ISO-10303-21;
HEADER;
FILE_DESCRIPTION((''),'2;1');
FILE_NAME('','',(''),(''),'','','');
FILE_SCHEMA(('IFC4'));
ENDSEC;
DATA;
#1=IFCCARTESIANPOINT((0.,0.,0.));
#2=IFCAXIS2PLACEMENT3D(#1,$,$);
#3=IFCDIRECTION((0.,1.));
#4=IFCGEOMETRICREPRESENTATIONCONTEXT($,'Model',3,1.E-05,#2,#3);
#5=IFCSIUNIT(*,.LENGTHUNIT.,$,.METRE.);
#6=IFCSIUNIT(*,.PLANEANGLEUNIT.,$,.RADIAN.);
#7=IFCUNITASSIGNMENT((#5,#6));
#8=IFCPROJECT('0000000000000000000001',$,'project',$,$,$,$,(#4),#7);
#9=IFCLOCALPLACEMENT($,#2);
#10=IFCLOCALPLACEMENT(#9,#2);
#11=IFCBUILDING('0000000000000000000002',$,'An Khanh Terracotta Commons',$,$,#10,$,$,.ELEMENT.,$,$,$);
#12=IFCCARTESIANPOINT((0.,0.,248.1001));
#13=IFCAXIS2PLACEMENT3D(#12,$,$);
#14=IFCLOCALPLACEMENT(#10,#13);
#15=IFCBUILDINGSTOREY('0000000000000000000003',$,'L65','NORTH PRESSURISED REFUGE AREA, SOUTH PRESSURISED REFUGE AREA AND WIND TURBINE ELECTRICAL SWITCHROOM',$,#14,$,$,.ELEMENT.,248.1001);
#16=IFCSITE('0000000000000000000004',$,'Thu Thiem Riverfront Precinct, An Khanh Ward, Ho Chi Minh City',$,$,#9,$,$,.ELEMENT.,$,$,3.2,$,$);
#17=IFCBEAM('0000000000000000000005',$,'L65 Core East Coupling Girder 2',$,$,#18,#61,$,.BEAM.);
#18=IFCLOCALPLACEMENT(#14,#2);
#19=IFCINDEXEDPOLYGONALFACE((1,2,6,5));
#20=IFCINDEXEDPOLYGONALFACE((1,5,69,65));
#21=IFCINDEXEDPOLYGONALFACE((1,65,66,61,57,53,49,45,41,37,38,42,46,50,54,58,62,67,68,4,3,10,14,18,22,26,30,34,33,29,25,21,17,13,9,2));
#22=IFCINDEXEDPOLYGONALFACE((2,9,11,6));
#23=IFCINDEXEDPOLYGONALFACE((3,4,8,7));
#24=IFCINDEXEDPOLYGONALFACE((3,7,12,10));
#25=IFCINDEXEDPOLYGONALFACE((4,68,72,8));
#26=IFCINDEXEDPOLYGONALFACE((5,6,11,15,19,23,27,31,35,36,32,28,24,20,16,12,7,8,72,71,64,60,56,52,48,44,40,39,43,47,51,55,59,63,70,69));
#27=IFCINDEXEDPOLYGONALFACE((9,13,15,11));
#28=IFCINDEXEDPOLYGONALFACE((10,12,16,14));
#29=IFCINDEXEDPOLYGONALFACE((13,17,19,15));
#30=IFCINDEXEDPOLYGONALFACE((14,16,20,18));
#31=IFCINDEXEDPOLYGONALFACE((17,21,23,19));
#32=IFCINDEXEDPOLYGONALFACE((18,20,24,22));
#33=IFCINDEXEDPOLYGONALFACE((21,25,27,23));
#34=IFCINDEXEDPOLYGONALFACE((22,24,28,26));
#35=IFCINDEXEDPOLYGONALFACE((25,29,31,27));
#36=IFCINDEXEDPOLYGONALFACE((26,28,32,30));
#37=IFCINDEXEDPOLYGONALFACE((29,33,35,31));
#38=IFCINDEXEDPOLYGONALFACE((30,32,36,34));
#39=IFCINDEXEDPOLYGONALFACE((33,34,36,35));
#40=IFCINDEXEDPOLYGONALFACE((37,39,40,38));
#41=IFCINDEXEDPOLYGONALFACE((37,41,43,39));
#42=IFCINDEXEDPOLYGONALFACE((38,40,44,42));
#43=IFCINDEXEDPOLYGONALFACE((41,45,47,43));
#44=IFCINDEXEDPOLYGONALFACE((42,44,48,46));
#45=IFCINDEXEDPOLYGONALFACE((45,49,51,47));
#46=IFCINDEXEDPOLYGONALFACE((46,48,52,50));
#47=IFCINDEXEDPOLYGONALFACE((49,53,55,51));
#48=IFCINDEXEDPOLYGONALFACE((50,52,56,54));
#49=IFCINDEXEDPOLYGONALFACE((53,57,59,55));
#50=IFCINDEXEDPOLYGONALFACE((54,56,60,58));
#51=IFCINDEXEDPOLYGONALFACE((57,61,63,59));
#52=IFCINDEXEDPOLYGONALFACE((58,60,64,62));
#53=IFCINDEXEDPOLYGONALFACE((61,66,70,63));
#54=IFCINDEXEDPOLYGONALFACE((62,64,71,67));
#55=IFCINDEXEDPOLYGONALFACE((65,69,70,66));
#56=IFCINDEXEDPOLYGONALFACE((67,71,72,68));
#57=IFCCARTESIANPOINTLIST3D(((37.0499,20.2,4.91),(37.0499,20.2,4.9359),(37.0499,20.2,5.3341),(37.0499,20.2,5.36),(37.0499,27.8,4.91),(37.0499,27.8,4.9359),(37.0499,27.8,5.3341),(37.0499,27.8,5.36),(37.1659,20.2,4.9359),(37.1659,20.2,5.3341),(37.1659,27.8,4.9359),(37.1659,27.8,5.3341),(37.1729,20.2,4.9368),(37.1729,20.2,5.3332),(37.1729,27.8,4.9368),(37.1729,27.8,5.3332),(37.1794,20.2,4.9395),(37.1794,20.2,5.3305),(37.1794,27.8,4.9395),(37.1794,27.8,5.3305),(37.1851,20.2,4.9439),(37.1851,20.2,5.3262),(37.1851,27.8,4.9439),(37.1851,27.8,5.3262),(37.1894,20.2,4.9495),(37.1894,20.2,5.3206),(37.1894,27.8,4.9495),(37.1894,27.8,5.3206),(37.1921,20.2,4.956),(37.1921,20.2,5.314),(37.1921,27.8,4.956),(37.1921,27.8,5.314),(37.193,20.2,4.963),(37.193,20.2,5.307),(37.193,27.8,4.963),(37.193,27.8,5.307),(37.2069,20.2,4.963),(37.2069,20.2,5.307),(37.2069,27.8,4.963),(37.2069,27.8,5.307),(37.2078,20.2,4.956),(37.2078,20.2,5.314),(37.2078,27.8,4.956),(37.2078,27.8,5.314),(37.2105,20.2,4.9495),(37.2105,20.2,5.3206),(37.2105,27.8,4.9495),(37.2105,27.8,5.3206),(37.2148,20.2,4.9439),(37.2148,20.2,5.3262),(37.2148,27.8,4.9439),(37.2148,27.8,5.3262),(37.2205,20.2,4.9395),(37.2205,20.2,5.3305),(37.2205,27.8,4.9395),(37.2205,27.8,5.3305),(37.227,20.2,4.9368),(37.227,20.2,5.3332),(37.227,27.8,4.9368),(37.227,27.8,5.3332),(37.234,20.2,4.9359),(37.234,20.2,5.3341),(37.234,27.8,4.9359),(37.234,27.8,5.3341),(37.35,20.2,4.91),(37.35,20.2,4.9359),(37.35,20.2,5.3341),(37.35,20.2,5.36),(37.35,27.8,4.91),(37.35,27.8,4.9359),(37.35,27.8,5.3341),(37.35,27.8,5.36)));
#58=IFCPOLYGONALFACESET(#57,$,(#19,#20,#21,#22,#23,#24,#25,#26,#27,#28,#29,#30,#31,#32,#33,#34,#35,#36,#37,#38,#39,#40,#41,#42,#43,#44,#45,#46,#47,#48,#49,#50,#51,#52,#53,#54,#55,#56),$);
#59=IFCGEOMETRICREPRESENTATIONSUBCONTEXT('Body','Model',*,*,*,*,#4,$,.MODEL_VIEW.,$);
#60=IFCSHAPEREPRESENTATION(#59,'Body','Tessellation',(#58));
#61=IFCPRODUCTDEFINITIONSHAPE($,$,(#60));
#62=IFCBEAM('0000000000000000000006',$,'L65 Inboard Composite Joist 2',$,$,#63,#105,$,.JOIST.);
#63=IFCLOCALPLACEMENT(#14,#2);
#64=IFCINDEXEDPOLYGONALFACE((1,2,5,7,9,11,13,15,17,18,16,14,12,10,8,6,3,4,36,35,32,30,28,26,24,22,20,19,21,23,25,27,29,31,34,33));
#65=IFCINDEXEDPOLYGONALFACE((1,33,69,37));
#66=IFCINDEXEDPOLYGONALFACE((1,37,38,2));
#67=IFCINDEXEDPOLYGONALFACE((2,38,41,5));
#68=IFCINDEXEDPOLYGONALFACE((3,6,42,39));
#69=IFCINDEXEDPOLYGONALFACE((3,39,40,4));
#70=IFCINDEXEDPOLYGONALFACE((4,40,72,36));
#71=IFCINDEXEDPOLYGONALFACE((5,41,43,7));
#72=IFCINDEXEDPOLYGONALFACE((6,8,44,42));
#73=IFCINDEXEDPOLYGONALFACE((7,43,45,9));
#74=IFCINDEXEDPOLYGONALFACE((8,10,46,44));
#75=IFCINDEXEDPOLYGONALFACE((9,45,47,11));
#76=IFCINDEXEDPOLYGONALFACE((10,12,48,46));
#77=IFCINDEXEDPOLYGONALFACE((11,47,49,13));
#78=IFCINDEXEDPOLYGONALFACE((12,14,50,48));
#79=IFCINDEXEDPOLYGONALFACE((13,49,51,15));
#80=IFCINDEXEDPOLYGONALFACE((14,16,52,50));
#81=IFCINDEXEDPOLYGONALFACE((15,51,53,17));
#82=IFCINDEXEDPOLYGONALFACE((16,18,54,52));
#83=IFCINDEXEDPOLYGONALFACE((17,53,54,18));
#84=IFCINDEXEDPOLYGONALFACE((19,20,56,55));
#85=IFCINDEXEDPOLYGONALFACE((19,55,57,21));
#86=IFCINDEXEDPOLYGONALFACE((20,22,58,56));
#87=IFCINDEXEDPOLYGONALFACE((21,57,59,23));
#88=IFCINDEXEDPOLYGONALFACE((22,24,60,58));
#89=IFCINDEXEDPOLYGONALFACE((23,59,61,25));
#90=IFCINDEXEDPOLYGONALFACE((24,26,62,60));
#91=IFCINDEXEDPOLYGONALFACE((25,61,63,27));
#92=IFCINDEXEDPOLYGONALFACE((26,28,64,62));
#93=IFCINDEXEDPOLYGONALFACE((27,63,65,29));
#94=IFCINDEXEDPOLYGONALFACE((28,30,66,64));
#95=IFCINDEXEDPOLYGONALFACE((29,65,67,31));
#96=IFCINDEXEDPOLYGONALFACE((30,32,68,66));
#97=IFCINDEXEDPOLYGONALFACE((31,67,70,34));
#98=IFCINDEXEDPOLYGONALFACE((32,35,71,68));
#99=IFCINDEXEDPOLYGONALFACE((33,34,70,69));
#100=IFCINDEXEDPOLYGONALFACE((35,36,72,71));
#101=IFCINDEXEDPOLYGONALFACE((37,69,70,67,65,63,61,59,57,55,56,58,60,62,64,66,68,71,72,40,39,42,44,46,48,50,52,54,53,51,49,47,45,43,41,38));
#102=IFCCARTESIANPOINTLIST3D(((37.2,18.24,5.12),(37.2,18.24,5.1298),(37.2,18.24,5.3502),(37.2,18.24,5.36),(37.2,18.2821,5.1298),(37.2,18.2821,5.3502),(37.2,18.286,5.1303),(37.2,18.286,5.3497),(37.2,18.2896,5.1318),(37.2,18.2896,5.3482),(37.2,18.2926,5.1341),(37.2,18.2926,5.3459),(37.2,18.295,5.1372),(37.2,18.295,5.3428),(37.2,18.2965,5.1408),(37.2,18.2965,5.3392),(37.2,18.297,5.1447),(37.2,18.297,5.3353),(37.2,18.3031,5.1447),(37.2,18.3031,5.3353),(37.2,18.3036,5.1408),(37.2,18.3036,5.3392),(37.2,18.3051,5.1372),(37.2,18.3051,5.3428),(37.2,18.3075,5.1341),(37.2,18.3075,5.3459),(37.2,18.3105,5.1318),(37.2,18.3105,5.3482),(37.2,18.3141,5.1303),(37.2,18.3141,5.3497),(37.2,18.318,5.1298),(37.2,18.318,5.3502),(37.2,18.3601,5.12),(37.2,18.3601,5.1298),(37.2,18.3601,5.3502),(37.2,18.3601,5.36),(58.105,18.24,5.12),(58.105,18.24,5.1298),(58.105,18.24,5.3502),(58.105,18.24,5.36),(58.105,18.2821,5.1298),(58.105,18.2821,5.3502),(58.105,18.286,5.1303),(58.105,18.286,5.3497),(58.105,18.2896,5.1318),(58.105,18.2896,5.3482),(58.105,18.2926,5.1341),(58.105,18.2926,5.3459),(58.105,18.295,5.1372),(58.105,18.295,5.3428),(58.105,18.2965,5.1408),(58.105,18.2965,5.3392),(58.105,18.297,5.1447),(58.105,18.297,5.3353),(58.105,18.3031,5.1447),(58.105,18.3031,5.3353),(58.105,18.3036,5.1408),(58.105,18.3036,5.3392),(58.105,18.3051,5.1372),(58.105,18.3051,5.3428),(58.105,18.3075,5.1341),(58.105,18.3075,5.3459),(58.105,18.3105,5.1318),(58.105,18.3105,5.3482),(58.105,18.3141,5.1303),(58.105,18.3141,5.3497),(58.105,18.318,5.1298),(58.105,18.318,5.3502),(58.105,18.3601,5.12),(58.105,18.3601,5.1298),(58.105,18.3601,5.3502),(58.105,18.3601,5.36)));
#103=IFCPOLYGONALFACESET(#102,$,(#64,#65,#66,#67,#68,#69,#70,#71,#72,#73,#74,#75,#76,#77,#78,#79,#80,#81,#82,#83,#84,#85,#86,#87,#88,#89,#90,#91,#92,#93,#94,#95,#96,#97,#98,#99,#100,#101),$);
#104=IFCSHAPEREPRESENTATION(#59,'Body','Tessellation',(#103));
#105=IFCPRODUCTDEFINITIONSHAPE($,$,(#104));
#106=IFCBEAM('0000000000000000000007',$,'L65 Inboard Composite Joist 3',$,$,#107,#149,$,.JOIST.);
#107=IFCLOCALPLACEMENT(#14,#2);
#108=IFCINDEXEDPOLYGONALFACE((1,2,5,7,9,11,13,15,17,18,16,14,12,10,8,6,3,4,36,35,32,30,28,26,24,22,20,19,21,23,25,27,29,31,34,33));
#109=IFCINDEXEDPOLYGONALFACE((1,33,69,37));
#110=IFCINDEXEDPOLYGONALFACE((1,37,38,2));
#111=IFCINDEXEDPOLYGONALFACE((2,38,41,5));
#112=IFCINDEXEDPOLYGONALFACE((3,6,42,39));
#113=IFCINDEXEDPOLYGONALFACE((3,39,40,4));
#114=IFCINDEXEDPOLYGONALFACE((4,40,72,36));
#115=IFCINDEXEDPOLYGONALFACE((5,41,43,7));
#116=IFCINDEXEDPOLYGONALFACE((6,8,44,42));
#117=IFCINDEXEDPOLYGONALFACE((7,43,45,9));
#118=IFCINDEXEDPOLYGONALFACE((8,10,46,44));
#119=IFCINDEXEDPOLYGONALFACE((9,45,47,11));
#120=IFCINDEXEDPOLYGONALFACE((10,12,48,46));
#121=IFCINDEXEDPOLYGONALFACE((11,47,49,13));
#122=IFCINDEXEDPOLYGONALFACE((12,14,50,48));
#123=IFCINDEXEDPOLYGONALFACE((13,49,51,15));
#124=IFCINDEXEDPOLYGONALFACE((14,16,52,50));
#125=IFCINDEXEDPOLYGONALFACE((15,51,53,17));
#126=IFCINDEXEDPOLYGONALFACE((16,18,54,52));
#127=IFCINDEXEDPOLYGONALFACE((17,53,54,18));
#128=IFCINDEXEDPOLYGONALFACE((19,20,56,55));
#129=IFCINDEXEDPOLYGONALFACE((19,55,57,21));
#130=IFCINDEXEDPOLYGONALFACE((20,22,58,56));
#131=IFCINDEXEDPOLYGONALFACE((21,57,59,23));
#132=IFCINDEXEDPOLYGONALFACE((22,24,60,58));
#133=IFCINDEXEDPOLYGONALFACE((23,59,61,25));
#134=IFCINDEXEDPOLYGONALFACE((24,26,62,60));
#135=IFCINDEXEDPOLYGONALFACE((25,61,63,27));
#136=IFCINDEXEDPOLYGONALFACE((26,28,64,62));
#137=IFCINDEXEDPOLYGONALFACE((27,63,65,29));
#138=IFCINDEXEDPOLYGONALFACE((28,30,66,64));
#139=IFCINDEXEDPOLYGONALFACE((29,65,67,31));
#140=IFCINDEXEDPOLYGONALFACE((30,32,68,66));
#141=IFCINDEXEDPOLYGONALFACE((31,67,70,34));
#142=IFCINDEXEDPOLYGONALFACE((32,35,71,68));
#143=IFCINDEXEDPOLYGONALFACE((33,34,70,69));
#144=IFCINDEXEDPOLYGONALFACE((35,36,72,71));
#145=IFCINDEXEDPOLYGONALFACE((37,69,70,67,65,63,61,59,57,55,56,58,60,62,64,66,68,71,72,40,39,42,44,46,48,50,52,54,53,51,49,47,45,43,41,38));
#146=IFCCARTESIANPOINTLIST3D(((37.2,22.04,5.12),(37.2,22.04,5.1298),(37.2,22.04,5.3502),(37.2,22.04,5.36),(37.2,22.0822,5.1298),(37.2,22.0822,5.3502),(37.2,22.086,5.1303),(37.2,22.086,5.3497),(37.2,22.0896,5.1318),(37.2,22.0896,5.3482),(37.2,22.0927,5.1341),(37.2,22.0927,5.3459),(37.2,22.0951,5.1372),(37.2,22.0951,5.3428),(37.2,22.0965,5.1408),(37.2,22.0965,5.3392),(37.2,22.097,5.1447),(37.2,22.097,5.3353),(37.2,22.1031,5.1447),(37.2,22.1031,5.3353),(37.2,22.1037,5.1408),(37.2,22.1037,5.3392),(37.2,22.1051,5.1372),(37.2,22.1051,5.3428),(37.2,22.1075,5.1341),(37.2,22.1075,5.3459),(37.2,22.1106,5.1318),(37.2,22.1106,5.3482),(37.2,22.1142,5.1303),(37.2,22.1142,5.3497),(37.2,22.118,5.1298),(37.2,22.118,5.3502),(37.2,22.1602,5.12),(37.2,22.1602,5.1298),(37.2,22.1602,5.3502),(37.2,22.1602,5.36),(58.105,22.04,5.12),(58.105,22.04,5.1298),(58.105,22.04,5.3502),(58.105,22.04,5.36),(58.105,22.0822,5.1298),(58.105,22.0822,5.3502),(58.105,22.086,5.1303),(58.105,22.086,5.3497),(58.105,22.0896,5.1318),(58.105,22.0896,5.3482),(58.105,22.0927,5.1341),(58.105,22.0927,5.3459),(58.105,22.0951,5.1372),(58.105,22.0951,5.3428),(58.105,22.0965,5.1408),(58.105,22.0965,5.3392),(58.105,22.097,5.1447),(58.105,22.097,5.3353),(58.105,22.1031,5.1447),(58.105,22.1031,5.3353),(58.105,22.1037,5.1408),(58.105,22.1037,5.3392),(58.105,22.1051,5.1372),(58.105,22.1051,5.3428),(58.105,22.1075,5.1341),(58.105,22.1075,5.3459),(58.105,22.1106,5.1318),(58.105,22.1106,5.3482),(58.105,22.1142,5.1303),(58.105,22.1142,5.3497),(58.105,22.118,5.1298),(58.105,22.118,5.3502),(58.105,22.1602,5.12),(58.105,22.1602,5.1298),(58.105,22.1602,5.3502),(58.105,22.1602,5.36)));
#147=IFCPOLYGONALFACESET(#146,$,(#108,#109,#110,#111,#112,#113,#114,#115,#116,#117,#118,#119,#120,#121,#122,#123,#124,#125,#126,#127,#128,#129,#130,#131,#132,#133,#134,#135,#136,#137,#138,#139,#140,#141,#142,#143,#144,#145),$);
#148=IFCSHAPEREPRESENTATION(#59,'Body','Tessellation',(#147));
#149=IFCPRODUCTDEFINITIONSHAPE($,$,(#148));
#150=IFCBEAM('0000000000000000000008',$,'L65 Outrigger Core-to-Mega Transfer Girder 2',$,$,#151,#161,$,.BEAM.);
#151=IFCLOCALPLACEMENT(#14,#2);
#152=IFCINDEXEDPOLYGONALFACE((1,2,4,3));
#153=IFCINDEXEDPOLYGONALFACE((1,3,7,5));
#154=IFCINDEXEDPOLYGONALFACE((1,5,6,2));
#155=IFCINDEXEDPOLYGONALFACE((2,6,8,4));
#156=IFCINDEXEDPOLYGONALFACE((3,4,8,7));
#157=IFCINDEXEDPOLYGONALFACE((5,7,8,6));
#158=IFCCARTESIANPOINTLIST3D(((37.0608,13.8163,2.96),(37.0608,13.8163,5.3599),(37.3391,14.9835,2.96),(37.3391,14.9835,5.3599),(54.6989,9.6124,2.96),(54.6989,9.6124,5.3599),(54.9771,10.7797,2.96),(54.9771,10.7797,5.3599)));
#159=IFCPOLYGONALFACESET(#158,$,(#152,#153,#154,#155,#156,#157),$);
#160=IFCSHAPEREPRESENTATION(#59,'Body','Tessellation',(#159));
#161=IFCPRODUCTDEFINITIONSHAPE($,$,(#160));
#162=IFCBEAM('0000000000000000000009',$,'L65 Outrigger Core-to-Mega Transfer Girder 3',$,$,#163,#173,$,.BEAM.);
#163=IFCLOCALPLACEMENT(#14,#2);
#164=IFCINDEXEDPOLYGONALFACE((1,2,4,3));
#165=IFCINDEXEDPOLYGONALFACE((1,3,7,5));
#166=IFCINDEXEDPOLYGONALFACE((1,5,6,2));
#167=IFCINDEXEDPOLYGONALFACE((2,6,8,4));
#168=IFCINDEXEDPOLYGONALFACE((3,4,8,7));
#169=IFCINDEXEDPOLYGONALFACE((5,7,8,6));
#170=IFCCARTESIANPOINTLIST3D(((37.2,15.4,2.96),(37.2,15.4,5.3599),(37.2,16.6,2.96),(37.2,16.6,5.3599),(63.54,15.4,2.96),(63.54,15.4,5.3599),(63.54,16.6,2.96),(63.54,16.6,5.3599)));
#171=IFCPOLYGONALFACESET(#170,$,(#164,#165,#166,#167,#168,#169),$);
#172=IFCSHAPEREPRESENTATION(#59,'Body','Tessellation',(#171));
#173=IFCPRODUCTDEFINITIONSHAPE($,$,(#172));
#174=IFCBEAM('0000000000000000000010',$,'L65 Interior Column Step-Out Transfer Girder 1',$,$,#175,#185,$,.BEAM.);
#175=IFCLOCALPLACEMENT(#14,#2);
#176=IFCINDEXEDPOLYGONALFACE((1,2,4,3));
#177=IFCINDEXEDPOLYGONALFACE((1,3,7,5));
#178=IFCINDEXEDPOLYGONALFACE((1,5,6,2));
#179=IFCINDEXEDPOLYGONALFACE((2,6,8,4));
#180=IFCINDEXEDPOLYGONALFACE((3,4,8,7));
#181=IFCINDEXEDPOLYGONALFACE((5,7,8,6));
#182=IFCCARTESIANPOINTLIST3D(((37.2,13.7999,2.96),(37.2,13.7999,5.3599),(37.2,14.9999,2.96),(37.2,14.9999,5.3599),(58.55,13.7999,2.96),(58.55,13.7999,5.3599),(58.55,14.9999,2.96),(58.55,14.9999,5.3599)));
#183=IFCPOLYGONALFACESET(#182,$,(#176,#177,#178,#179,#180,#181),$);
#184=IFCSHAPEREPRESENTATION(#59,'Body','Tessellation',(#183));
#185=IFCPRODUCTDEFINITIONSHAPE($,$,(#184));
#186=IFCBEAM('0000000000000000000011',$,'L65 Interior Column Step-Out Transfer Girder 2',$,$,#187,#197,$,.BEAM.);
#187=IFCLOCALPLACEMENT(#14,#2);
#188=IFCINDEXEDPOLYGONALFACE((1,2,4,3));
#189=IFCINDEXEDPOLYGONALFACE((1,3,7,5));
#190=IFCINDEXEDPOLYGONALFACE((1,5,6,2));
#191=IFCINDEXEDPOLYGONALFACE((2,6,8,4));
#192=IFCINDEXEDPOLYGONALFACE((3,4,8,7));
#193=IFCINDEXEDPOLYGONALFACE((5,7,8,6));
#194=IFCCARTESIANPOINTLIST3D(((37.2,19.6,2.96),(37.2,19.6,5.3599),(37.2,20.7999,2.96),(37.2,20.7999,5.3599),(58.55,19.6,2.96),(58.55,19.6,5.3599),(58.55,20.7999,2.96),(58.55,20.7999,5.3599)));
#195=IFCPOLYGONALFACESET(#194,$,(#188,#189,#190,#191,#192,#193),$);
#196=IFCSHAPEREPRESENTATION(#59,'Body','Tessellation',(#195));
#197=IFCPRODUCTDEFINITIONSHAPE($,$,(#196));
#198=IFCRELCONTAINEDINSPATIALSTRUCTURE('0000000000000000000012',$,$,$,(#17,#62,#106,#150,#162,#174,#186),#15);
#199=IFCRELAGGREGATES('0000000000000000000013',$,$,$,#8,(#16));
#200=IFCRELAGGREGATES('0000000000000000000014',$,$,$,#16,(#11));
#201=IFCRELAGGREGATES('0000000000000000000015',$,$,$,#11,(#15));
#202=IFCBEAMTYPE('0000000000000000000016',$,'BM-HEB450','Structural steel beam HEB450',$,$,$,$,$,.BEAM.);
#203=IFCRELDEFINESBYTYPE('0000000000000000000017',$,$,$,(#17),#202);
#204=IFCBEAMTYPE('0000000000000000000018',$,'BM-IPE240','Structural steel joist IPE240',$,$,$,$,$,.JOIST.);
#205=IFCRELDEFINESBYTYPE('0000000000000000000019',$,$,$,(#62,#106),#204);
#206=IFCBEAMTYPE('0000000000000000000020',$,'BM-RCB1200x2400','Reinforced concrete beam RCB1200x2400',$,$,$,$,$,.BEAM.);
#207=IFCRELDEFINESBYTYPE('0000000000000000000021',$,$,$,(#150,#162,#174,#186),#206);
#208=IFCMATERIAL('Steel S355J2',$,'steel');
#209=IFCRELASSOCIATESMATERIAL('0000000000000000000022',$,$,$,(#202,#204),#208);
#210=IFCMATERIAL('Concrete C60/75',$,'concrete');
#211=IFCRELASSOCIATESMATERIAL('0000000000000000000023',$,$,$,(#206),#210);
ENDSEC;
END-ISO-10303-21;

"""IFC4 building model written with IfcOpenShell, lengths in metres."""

from ifc_helpers import new_model, si_unit, direction, frame, origin, origin_2d, place, context, subcontext, project, spatial, rectangle, i_section, extrude, material, material_profile, profile_set, type_object, element, save


model = new_model("IFC4")

# Units and contexts
model_context = context("Model", 3, precision=1e-05, world=origin(), true_north=direction((0.0, 1.0)))
body_context = subcontext(model_context, "Body", "Model", "MODEL_VIEW")
ifc_project = project(units=[si_unit("LENGTHUNIT", "METRE"), si_unit("PLANEANGLEUNIT", "RADIAN")], contexts=[model_context])

# Site, building, storey
site_placement = place(None, origin())
site = spatial("IfcSite", under=ifc_project, at=site_placement, Name="Thu Thiem Riverfront Precinct, An Khanh Ward, Ho Chi Minh City", CompositionType="ELEMENT", RefElevation=3.2)
building_placement = place(site_placement, origin())
building = spatial("IfcBuilding", under=site, at=building_placement, Name="An Khanh Terracotta Commons", CompositionType="ELEMENT")
storey_placement = place(building_placement, frame((0.0, 0.0, 248.1001)))
storey = spatial("IfcBuildingStorey", under=building, at=storey_placement, Name="L65", Description="NORTH PRESSURISED REFUGE AREA, SOUTH PRESSURISED REFUGE AREA AND WIND TURBINE ELECTRICAL SWITCHROOM", CompositionType="ELEMENT", Elevation=248.1001)

# Beams
ifc_material_1 = material(Name="Steel S355J2", Category="steel")
ifc_material_profile_1 = material_profile(ifc_material_1, i_section(OverallWidth=0.3, OverallDepth=0.45, WebThickness=0.0139, FlangeThickness=0.0259, FilletRadius=0.0271, at=origin_2d()), Name="HEB450")
ifc_profile_set_1 = profile_set([ifc_material_profile_1], Name="Steel S355J2")
beam_type_1 = type_object("IfcBeamType", Name="BM-HEB450", Description="Structural steel beam HEB450", PredefinedType="BEAM", material=ifc_profile_set_1)
beam_1_placement = place(storey_placement, frame((37.2, 20.2, 5.135), z_axis=(0.0, 1.0, 0.0), x_axis=(-1.0, 0.0, 0.0)))
element("IfcBeam", 1, at=beam_1_placement, inside=storey, type_object=beam_type_1, Name="L65 Core East Coupling Girder 2", PredefinedType="BEAM", context=body_context, shape_type="SweptSolid", body=[
    extrude(i_section(OverallWidth=0.3, OverallDepth=0.45, WebThickness=0.0139, FlangeThickness=0.0259, FilletRadius=0.0271, at=origin_2d()), origin(), (0.0, 0.0, 1.0), 7.6001),
])
ifc_material_profile_2 = material_profile(ifc_material_1, i_section(OverallWidth=0.1201, OverallDepth=0.24, WebThickness=0.0061, FlangeThickness=0.0098, FilletRadius=0.0149, at=origin_2d()), Name="IPE240")
ifc_profile_set_2 = profile_set([ifc_material_profile_2], Name="Steel S355J2")
beam_type_2 = type_object("IfcBeamType", Name="BM-IPE240", Description="Structural steel joist IPE240", PredefinedType="JOIST", material=ifc_profile_set_2)
for number, where, z_axis, x_axis, name in (
    (2, (37.2, 18.3, 5.24), (1.0, 0.0, 0.0), (0.0, 1.0, 0.0), "L65 Inboard Composite Joist 2"),
    (3, (37.2, 22.1001, 5.24), (1.0, 0.0, 0.0), (0.0, 1.0, 0.0), "L65 Inboard Composite Joist 3"),
):
    element("IfcBeam", number, at=place(storey_placement, frame(where, z_axis=z_axis, x_axis=x_axis)), inside=storey, type_object=beam_type_2, Name=name, PredefinedType="JOIST", context=body_context, shape_type="SweptSolid", body=[
        extrude(i_section(OverallWidth=0.1201, OverallDepth=0.24, WebThickness=0.0061, FlangeThickness=0.0098, FilletRadius=0.0149, at=origin_2d()), origin(), (0.0, 0.0, 1.0), 20.905),
    ])
ifc_material_2 = material(Name="Concrete C60/75", Category="concrete")
ifc_material_profile_3 = material_profile(ifc_material_2, rectangle(XDim=1.2, YDim=2.3999, at=origin_2d()), Name="RCB1200x2400")
ifc_profile_set_3 = profile_set([ifc_material_profile_3], Name="Concrete C60/75")
beam_type_3 = type_object("IfcBeamType", Name="BM-RCB1200x2400", Description="Reinforced concrete beam RCB1200x2400", PredefinedType="BEAM", material=ifc_profile_set_3)
beam_2_placement = place(storey_placement, frame((37.2, 14.3999, 4.1599), z_axis=(0.972752, -0.231847, 0.0), x_axis=(0.231847, 0.972752, 0.0)))
element("IfcBeam", 4, at=beam_2_placement, inside=storey, type_object=beam_type_3, Name="L65 Outrigger Core-to-Mega Transfer Girder 2", PredefinedType="BEAM", context=body_context, shape_type="SweptSolid", body=[
    extrude(rectangle(XDim=1.2, YDim=2.3999, at=origin_2d()), origin(), (0.0, 0.0, 1.0), 18.1321),
])
beam_3_placement = place(storey_placement, frame((37.2, 16.0, 4.1599), z_axis=(1.0, 0.0, 0.0), x_axis=(0.0, 1.0, 0.0)))
element("IfcBeam", 5, at=beam_3_placement, inside=storey, type_object=beam_type_3, Name="L65 Outrigger Core-to-Mega Transfer Girder 3", PredefinedType="BEAM", context=body_context, shape_type="SweptSolid", body=[
    extrude(rectangle(XDim=1.2, YDim=2.3999, at=origin_2d()), origin(), (0.0, 0.0, 1.0), 26.3401),
])
for number, where, z_axis, x_axis, name in (
    (6, (37.2, 14.3999, 4.1599), (1.0, 0.0, 0.0), (0.0, 1.0, 0.0), "L65 Interior Column Step-Out Transfer Girder 1"),
    (7, (37.2, 20.2, 4.1599), (1.0, 0.0, 0.0), (0.0, 1.0, 0.0), "L65 Interior Column Step-Out Transfer Girder 2"),
):
    element("IfcBeam", number, at=place(storey_placement, frame(where, z_axis=z_axis, x_axis=x_axis)), inside=storey, type_object=beam_type_3, Name=name, PredefinedType="BEAM", context=body_context, shape_type="SweptSolid", body=[
        extrude(rectangle(XDim=1.2, YDim=2.3999, at=origin_2d()), origin(), (0.0, 0.0, 1.0), 21.3501),
    ])

save(model, "model.ifc")
